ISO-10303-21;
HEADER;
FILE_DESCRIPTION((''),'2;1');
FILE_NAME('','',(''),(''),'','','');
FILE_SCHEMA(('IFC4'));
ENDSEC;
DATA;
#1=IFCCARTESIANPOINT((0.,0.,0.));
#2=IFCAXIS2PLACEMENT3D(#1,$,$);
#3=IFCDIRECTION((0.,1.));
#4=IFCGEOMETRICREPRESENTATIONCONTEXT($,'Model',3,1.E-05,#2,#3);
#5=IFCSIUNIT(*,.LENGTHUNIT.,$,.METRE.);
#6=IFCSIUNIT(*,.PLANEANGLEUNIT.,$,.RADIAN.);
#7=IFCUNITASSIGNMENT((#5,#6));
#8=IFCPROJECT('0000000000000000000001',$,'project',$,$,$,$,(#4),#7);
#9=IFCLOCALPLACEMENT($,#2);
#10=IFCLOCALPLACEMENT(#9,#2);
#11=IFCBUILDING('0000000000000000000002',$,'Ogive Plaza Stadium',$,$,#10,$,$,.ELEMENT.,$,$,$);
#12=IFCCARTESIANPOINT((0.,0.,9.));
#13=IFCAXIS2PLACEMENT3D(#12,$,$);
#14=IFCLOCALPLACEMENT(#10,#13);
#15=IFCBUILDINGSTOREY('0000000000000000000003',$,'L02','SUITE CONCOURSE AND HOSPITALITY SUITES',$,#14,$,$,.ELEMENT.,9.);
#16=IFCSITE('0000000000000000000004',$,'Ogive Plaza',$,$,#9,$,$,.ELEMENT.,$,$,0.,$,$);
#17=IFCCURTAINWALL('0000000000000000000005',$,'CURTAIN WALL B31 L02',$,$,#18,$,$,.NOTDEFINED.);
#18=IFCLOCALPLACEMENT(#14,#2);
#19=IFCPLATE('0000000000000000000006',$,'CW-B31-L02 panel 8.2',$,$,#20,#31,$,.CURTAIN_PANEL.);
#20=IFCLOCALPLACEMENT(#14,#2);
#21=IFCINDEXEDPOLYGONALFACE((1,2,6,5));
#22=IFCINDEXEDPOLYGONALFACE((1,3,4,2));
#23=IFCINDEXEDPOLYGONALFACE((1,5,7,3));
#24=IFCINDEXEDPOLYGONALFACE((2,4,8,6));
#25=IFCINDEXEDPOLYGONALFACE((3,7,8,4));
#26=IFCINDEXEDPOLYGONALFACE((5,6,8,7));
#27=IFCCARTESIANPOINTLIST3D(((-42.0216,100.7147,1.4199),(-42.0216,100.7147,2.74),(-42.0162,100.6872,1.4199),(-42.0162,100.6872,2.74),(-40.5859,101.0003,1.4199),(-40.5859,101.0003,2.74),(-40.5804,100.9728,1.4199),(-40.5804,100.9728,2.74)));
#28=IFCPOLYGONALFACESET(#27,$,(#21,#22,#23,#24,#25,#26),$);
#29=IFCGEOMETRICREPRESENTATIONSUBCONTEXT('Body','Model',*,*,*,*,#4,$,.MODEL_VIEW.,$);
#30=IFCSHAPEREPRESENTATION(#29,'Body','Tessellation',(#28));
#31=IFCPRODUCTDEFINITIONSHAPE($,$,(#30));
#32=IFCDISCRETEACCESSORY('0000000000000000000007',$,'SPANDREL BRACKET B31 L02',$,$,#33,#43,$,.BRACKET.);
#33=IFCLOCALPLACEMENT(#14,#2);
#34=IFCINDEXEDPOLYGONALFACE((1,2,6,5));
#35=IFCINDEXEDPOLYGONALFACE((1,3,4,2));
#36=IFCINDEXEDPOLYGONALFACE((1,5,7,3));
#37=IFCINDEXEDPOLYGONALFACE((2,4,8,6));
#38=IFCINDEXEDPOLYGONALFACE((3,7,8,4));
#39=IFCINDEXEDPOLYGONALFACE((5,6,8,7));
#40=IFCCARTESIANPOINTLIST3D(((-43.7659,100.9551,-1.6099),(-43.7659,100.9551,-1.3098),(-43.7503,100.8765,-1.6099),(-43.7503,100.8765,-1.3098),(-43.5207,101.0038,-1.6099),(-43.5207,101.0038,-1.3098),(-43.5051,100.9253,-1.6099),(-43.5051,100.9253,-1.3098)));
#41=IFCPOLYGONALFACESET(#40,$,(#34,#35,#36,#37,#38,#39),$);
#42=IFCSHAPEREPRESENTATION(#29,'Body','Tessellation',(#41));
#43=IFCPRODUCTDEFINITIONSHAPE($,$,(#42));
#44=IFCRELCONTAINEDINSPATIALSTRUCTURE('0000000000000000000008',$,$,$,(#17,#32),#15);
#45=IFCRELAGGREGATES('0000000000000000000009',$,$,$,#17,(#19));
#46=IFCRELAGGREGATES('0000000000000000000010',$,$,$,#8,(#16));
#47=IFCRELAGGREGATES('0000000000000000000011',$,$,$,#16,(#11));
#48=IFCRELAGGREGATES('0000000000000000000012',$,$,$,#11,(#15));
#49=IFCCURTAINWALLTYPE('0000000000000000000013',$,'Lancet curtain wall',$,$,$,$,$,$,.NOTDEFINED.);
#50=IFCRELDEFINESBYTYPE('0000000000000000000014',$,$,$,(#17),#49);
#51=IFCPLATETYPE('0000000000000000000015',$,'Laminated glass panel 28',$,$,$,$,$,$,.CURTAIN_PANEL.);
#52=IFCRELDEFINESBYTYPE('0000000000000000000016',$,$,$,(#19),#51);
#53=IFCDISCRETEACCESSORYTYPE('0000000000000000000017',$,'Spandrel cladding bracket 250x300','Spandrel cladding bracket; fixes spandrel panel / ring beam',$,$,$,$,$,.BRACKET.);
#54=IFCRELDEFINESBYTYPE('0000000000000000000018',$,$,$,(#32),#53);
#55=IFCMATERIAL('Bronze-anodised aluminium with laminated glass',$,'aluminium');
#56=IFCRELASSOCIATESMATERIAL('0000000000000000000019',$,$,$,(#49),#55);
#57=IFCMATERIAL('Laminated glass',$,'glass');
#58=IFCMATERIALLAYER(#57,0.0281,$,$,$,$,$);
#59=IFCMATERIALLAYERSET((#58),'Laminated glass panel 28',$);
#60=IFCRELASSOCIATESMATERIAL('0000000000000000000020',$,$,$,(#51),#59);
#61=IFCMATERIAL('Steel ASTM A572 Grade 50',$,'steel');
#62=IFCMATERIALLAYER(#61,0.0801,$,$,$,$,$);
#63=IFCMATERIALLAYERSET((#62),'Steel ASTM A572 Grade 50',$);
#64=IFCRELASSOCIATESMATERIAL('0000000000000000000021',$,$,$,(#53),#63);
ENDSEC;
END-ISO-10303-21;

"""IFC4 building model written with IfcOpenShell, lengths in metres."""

from ifc_helpers import new_model, si_unit, direction, frame, origin, origin_2d, place, context, subcontext, project, spatial, rectangle, extrude, material, layer, layer_set, type_object, element, aggregate, save


model = new_model("IFC4")

# Units and contexts
model_context = context("Model", 3, precision=1e-05, world=origin(), true_north=direction((0.0, 1.0)))
body_context = subcontext(model_context, "Body", "Model", "MODEL_VIEW")
ifc_project = project(units=[si_unit("LENGTHUNIT", "METRE"), si_unit("PLANEANGLEUNIT", "RADIAN")], contexts=[model_context])

# Site, building, storey
site_placement = place(None, origin())
site = spatial("IfcSite", under=ifc_project, at=site_placement, Name="Ogive Plaza", CompositionType="ELEMENT", RefElevation=0.0)
building_placement = place(site_placement, origin())
building = spatial("IfcBuilding", under=site, at=building_placement, Name="Ogive Plaza Stadium", CompositionType="ELEMENT")
storey_placement = place(building_placement, frame((0.0, 0.0, 9.0)))
storey = spatial("IfcBuildingStorey", under=building, at=storey_placement, Name="L02", Description="SUITE CONCOURSE AND HOSPITALITY SUITES", CompositionType="ELEMENT", Elevation=9.0)

# Curtain wall, plate
ifc_material_1 = material(Name="Bronze-anodised aluminium with laminated glass", Category="aluminium")
curtain_wall_type = type_object("IfcCurtainWallType", Name="Lancet curtain wall", PredefinedType="NOTDEFINED", material=ifc_material_1)
curtain_wall_placement = place(storey_placement, origin())
curtain_wall = element("IfcCurtainWall", 1, at=curtain_wall_placement, inside=storey, type_object=curtain_wall_type, Name="CURTAIN WALL B31 L02", PredefinedType="NOTDEFINED")
ifc_material_2 = material(Name="Laminated glass", Category="glass")
ifc_layer_1 = layer(ifc_material_2, 0.0281)
ifc_layer_set_1 = layer_set([ifc_layer_1], Name="Laminated glass panel 28")
plate_type = type_object("IfcPlateType", Name="Laminated glass panel 28", PredefinedType="CURTAIN_PANEL", material=ifc_layer_set_1)
plate_1_placement = place(storey_placement, frame((-41.301, 100.8438, 1.4199), z_axis=(0.0, 0.0, 1.0), x_axis=(0.980785, 0.19509, 0.0)))
plate_1 = element("IfcPlate", 2, at=plate_1_placement, type_object=plate_type, Name="CW-B31-L02 panel 8.2", PredefinedType="CURTAIN_PANEL", context=body_context, shape_type="SweptSolid", body=[
    extrude(rectangle(XDim=1.4639, YDim=0.0281, at=origin_2d()), origin(), (0.0, 0.0, 1.0), 1.3201),
])
aggregate(curtain_wall, [plate_1])

# Discrete accessory
ifc_material_3 = material(Name="Steel ASTM A572 Grade 50", Category="steel")
ifc_layer_2 = layer(ifc_material_3, 0.0801)
ifc_layer_set_2 = layer_set([ifc_layer_2], Name="Steel ASTM A572 Grade 50")
discrete_accessory_type = type_object("IfcDiscreteAccessoryType", Name="Spandrel cladding bracket 250x300", Description="Spandrel cladding bracket; fixes spandrel panel / ring beam", PredefinedType="BRACKET", material=ifc_layer_set_2)
discrete_accessory_placement = place(storey_placement, frame((-43.6355, 100.9402, -1.6099), z_axis=(0.0, 0.0, 1.0), x_axis=(0.980785, 0.19509, 0.0)))
element("IfcDiscreteAccessory", 3, at=discrete_accessory_placement, inside=storey, type_object=discrete_accessory_type, Name="SPANDREL BRACKET B31 L02", PredefinedType="BRACKET", context=body_context, shape_type="SweptSolid", body=[
    extrude(rectangle(XDim=0.25, YDim=0.0801, at=origin_2d()), origin(), (0.0, 0.0, 1.0), 0.3),
])

save(model, "model.ifc")
